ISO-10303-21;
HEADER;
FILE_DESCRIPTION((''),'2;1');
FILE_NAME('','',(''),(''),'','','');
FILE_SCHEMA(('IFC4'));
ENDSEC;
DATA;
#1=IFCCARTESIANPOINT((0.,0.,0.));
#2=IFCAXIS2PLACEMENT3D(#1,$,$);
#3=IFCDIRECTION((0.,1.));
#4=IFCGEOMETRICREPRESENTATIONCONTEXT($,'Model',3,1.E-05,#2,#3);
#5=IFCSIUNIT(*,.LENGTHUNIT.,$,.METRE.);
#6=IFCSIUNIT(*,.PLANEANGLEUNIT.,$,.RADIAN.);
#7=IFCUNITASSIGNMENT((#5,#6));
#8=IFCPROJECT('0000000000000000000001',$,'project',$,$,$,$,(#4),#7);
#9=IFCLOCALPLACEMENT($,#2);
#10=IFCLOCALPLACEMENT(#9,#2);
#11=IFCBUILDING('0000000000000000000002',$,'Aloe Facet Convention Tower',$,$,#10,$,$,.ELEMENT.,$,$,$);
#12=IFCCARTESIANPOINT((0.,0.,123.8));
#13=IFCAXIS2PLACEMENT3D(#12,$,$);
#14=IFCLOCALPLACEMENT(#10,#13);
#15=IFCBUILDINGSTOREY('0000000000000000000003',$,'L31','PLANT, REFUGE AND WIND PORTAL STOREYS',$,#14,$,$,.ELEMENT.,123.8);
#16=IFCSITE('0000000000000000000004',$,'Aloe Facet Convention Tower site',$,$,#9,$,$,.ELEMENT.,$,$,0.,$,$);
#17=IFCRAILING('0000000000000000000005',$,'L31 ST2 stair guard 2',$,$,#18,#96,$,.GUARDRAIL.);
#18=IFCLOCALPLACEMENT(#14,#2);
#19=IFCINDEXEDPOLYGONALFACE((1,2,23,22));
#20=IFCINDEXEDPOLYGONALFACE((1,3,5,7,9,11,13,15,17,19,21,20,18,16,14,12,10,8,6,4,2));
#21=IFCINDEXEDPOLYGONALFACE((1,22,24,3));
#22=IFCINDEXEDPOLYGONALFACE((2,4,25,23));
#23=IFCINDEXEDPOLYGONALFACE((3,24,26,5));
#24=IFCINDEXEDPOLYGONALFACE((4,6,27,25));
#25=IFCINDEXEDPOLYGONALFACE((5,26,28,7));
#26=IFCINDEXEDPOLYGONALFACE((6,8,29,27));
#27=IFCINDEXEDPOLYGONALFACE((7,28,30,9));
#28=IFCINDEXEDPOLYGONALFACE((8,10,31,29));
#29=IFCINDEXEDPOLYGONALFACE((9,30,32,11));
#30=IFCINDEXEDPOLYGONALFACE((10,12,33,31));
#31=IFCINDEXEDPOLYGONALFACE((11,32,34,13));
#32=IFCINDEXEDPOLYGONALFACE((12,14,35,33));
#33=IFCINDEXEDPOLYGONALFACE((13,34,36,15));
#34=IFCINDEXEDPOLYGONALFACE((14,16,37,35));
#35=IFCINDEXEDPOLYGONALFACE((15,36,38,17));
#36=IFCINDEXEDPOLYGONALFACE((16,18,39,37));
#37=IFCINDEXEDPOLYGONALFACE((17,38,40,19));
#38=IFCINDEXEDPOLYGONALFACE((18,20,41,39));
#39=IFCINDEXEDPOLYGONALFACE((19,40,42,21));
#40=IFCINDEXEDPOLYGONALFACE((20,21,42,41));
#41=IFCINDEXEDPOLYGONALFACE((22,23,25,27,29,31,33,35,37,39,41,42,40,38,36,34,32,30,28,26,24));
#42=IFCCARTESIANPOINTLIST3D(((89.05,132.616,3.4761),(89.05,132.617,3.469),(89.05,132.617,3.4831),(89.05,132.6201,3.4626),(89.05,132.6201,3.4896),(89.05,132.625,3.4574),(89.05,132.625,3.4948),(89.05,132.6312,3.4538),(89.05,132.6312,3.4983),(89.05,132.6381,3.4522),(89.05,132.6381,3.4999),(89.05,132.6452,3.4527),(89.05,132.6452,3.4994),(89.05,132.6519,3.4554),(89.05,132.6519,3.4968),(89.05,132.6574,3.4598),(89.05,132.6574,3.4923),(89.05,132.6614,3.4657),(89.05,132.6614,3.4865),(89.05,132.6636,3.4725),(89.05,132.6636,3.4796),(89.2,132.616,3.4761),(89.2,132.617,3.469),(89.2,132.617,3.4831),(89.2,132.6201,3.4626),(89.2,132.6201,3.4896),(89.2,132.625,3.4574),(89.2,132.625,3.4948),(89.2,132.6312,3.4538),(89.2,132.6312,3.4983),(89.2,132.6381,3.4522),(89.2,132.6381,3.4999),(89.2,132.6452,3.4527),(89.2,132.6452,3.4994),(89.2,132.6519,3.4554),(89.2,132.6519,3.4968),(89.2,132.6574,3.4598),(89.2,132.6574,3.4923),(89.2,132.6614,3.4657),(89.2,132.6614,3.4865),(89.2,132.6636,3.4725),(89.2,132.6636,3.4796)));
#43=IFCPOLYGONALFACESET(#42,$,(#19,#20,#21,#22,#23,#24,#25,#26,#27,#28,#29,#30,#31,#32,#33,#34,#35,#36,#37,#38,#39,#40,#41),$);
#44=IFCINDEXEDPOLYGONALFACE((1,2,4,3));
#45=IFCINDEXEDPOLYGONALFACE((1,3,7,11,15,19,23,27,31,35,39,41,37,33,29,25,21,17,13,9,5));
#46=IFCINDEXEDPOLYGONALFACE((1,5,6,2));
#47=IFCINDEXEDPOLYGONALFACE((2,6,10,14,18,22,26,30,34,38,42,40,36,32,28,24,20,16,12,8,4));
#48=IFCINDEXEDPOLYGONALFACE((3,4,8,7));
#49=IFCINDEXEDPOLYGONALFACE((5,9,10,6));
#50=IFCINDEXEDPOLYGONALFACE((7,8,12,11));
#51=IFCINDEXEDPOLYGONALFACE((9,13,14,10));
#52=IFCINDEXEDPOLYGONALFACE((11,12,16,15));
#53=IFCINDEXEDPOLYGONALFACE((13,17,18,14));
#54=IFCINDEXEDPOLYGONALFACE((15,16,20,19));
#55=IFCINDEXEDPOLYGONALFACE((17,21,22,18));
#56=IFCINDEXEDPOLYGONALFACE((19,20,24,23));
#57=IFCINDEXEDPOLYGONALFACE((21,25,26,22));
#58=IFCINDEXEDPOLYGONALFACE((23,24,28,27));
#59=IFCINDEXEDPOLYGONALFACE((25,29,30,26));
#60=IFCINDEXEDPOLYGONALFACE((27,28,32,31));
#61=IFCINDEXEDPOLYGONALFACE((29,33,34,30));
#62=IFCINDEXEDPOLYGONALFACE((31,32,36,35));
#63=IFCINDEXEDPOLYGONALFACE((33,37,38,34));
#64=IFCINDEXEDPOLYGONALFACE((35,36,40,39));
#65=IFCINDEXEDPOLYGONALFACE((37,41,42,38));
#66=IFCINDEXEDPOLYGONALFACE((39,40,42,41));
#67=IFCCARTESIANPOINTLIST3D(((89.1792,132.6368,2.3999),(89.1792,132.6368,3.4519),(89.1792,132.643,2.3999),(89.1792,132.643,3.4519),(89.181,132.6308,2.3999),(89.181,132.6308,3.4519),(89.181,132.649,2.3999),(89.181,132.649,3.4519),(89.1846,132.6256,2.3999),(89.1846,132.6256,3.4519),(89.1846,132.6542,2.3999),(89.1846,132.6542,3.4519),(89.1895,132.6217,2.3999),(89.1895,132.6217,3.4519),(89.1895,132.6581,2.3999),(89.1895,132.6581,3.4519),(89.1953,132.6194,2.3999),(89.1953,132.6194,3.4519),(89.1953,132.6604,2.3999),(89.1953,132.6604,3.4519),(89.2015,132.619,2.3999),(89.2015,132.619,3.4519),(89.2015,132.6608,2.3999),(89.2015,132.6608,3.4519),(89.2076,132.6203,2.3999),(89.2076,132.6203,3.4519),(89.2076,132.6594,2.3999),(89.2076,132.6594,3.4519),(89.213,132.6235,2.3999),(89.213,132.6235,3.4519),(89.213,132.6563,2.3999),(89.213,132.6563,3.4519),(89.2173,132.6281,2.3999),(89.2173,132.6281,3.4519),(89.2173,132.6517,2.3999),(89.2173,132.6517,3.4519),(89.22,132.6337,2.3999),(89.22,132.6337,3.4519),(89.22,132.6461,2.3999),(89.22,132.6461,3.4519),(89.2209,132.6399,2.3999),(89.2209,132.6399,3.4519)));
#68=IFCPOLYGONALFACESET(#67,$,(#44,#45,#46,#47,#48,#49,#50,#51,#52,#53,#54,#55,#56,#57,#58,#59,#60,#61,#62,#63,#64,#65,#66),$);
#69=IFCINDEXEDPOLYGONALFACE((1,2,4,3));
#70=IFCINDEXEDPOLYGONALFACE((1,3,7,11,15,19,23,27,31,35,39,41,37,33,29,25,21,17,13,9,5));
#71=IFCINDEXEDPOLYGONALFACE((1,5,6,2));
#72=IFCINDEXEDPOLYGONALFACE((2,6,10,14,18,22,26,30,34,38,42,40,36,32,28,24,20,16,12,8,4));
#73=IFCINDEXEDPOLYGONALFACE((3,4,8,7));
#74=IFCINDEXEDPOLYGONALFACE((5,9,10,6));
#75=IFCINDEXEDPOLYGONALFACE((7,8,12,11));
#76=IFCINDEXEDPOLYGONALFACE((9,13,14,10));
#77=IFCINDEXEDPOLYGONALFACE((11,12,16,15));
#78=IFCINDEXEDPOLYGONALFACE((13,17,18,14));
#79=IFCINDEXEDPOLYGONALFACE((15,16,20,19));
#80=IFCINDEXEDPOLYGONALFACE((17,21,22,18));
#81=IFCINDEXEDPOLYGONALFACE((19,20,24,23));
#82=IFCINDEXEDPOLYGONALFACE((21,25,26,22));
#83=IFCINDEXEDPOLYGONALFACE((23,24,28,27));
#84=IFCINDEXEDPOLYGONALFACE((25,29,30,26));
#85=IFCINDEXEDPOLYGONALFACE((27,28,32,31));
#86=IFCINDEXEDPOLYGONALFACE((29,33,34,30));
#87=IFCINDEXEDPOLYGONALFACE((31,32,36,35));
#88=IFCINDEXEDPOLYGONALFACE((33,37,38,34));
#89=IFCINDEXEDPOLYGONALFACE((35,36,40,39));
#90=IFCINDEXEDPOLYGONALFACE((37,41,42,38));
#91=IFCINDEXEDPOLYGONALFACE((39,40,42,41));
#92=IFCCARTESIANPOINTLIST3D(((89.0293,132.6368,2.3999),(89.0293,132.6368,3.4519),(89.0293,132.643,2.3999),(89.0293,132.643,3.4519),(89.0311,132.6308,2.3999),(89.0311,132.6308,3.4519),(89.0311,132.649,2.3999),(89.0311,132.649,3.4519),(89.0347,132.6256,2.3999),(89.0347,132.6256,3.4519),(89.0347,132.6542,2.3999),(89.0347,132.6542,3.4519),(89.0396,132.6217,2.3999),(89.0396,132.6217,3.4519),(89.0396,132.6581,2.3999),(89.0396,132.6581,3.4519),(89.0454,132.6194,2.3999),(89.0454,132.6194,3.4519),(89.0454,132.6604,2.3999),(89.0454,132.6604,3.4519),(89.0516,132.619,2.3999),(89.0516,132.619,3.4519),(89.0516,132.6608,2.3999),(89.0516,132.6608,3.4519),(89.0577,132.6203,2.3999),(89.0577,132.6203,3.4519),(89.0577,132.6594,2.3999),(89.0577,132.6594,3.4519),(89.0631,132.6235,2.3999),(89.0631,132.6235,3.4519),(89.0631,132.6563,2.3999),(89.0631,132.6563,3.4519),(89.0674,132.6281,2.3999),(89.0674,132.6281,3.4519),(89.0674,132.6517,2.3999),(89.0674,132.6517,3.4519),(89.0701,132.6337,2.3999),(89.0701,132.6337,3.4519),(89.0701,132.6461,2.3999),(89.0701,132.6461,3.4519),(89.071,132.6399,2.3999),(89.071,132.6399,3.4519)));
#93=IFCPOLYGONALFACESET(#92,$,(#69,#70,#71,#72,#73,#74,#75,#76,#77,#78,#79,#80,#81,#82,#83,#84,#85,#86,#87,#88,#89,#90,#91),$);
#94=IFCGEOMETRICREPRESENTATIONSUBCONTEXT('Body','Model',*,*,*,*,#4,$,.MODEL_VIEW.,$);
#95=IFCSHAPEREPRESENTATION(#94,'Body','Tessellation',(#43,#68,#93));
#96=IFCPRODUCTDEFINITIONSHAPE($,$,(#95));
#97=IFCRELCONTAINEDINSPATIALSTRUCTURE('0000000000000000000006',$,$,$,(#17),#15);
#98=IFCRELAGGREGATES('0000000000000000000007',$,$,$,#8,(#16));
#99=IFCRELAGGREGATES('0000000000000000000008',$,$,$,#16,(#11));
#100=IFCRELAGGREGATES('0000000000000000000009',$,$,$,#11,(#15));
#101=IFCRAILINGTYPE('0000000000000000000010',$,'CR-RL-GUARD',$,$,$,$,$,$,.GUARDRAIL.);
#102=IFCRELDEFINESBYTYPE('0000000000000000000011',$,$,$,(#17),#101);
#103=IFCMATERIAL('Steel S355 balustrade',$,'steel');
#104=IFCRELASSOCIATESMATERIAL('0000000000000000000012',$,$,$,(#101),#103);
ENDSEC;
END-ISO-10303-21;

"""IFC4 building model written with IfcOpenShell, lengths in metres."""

from ifc_helpers import new_model, si_unit, direction, frame, origin, origin_2d, place, context, subcontext, project, spatial, circle, extrude, material, type_object, element, save


model = new_model("IFC4")

# Units and contexts
model_context = context("Model", 3, precision=1e-05, world=origin(), true_north=direction((0.0, 1.0)))
body_context = subcontext(model_context, "Body", "Model", "MODEL_VIEW")
ifc_project = project(units=[si_unit("LENGTHUNIT", "METRE"), si_unit("PLANEANGLEUNIT", "RADIAN")], contexts=[model_context])

# Site, building, storey
site_placement = place(None, origin())
site = spatial("IfcSite", under=ifc_project, at=site_placement, Name="Aloe Facet Convention Tower site", CompositionType="ELEMENT", RefElevation=0.0)
building_placement = place(site_placement, origin())
building = spatial("IfcBuilding", under=site, at=building_placement, Name="Aloe Facet Convention Tower", CompositionType="ELEMENT")
storey_placement = place(building_placement, frame((0.0, 0.0, 123.8)))
storey = spatial("IfcBuildingStorey", under=building, at=storey_placement, Name="L31", Description="PLANT, REFUGE AND WIND PORTAL STOREYS", CompositionType="ELEMENT", Elevation=123.8)

# Railing
ifc_material_1 = material(Name="Steel S355 balustrade", Category="steel")
railing_type_1 = type_object("IfcRailingType", Name="CR-RL-GUARD", PredefinedType="GUARDRAIL", material=ifc_material_1)
railing_1_placement = place(storey_placement, frame((89.2, 132.6399, 2.3999)))
element("IfcRailing", 1, at=railing_1_placement, inside=storey, type_object=railing_type_1, Name="L31 ST2 stair guard 2", PredefinedType="GUARDRAIL", context=body_context, shape_type="SweptSolid", body=[
    extrude(circle(Radius=0.0239, at=origin_2d()), frame((0.0, 0.0, 1.0762), z_axis=(-1.0, 0.0, 0.0), x_axis=(0.0, -1.0, 0.0)), (0.0, 0.0, 1.0), 0.1499),
    extrude(circle(Radius=0.021, at=origin_2d()), origin(), (0.0, 0.0, 1.0), 1.052),
    extrude(circle(Radius=0.021, at=origin_2d()), frame((-0.1499, 0.0, 0.0)), (0.0, 0.0, 1.0), 1.052),
])

save(model, "model.ifc")
